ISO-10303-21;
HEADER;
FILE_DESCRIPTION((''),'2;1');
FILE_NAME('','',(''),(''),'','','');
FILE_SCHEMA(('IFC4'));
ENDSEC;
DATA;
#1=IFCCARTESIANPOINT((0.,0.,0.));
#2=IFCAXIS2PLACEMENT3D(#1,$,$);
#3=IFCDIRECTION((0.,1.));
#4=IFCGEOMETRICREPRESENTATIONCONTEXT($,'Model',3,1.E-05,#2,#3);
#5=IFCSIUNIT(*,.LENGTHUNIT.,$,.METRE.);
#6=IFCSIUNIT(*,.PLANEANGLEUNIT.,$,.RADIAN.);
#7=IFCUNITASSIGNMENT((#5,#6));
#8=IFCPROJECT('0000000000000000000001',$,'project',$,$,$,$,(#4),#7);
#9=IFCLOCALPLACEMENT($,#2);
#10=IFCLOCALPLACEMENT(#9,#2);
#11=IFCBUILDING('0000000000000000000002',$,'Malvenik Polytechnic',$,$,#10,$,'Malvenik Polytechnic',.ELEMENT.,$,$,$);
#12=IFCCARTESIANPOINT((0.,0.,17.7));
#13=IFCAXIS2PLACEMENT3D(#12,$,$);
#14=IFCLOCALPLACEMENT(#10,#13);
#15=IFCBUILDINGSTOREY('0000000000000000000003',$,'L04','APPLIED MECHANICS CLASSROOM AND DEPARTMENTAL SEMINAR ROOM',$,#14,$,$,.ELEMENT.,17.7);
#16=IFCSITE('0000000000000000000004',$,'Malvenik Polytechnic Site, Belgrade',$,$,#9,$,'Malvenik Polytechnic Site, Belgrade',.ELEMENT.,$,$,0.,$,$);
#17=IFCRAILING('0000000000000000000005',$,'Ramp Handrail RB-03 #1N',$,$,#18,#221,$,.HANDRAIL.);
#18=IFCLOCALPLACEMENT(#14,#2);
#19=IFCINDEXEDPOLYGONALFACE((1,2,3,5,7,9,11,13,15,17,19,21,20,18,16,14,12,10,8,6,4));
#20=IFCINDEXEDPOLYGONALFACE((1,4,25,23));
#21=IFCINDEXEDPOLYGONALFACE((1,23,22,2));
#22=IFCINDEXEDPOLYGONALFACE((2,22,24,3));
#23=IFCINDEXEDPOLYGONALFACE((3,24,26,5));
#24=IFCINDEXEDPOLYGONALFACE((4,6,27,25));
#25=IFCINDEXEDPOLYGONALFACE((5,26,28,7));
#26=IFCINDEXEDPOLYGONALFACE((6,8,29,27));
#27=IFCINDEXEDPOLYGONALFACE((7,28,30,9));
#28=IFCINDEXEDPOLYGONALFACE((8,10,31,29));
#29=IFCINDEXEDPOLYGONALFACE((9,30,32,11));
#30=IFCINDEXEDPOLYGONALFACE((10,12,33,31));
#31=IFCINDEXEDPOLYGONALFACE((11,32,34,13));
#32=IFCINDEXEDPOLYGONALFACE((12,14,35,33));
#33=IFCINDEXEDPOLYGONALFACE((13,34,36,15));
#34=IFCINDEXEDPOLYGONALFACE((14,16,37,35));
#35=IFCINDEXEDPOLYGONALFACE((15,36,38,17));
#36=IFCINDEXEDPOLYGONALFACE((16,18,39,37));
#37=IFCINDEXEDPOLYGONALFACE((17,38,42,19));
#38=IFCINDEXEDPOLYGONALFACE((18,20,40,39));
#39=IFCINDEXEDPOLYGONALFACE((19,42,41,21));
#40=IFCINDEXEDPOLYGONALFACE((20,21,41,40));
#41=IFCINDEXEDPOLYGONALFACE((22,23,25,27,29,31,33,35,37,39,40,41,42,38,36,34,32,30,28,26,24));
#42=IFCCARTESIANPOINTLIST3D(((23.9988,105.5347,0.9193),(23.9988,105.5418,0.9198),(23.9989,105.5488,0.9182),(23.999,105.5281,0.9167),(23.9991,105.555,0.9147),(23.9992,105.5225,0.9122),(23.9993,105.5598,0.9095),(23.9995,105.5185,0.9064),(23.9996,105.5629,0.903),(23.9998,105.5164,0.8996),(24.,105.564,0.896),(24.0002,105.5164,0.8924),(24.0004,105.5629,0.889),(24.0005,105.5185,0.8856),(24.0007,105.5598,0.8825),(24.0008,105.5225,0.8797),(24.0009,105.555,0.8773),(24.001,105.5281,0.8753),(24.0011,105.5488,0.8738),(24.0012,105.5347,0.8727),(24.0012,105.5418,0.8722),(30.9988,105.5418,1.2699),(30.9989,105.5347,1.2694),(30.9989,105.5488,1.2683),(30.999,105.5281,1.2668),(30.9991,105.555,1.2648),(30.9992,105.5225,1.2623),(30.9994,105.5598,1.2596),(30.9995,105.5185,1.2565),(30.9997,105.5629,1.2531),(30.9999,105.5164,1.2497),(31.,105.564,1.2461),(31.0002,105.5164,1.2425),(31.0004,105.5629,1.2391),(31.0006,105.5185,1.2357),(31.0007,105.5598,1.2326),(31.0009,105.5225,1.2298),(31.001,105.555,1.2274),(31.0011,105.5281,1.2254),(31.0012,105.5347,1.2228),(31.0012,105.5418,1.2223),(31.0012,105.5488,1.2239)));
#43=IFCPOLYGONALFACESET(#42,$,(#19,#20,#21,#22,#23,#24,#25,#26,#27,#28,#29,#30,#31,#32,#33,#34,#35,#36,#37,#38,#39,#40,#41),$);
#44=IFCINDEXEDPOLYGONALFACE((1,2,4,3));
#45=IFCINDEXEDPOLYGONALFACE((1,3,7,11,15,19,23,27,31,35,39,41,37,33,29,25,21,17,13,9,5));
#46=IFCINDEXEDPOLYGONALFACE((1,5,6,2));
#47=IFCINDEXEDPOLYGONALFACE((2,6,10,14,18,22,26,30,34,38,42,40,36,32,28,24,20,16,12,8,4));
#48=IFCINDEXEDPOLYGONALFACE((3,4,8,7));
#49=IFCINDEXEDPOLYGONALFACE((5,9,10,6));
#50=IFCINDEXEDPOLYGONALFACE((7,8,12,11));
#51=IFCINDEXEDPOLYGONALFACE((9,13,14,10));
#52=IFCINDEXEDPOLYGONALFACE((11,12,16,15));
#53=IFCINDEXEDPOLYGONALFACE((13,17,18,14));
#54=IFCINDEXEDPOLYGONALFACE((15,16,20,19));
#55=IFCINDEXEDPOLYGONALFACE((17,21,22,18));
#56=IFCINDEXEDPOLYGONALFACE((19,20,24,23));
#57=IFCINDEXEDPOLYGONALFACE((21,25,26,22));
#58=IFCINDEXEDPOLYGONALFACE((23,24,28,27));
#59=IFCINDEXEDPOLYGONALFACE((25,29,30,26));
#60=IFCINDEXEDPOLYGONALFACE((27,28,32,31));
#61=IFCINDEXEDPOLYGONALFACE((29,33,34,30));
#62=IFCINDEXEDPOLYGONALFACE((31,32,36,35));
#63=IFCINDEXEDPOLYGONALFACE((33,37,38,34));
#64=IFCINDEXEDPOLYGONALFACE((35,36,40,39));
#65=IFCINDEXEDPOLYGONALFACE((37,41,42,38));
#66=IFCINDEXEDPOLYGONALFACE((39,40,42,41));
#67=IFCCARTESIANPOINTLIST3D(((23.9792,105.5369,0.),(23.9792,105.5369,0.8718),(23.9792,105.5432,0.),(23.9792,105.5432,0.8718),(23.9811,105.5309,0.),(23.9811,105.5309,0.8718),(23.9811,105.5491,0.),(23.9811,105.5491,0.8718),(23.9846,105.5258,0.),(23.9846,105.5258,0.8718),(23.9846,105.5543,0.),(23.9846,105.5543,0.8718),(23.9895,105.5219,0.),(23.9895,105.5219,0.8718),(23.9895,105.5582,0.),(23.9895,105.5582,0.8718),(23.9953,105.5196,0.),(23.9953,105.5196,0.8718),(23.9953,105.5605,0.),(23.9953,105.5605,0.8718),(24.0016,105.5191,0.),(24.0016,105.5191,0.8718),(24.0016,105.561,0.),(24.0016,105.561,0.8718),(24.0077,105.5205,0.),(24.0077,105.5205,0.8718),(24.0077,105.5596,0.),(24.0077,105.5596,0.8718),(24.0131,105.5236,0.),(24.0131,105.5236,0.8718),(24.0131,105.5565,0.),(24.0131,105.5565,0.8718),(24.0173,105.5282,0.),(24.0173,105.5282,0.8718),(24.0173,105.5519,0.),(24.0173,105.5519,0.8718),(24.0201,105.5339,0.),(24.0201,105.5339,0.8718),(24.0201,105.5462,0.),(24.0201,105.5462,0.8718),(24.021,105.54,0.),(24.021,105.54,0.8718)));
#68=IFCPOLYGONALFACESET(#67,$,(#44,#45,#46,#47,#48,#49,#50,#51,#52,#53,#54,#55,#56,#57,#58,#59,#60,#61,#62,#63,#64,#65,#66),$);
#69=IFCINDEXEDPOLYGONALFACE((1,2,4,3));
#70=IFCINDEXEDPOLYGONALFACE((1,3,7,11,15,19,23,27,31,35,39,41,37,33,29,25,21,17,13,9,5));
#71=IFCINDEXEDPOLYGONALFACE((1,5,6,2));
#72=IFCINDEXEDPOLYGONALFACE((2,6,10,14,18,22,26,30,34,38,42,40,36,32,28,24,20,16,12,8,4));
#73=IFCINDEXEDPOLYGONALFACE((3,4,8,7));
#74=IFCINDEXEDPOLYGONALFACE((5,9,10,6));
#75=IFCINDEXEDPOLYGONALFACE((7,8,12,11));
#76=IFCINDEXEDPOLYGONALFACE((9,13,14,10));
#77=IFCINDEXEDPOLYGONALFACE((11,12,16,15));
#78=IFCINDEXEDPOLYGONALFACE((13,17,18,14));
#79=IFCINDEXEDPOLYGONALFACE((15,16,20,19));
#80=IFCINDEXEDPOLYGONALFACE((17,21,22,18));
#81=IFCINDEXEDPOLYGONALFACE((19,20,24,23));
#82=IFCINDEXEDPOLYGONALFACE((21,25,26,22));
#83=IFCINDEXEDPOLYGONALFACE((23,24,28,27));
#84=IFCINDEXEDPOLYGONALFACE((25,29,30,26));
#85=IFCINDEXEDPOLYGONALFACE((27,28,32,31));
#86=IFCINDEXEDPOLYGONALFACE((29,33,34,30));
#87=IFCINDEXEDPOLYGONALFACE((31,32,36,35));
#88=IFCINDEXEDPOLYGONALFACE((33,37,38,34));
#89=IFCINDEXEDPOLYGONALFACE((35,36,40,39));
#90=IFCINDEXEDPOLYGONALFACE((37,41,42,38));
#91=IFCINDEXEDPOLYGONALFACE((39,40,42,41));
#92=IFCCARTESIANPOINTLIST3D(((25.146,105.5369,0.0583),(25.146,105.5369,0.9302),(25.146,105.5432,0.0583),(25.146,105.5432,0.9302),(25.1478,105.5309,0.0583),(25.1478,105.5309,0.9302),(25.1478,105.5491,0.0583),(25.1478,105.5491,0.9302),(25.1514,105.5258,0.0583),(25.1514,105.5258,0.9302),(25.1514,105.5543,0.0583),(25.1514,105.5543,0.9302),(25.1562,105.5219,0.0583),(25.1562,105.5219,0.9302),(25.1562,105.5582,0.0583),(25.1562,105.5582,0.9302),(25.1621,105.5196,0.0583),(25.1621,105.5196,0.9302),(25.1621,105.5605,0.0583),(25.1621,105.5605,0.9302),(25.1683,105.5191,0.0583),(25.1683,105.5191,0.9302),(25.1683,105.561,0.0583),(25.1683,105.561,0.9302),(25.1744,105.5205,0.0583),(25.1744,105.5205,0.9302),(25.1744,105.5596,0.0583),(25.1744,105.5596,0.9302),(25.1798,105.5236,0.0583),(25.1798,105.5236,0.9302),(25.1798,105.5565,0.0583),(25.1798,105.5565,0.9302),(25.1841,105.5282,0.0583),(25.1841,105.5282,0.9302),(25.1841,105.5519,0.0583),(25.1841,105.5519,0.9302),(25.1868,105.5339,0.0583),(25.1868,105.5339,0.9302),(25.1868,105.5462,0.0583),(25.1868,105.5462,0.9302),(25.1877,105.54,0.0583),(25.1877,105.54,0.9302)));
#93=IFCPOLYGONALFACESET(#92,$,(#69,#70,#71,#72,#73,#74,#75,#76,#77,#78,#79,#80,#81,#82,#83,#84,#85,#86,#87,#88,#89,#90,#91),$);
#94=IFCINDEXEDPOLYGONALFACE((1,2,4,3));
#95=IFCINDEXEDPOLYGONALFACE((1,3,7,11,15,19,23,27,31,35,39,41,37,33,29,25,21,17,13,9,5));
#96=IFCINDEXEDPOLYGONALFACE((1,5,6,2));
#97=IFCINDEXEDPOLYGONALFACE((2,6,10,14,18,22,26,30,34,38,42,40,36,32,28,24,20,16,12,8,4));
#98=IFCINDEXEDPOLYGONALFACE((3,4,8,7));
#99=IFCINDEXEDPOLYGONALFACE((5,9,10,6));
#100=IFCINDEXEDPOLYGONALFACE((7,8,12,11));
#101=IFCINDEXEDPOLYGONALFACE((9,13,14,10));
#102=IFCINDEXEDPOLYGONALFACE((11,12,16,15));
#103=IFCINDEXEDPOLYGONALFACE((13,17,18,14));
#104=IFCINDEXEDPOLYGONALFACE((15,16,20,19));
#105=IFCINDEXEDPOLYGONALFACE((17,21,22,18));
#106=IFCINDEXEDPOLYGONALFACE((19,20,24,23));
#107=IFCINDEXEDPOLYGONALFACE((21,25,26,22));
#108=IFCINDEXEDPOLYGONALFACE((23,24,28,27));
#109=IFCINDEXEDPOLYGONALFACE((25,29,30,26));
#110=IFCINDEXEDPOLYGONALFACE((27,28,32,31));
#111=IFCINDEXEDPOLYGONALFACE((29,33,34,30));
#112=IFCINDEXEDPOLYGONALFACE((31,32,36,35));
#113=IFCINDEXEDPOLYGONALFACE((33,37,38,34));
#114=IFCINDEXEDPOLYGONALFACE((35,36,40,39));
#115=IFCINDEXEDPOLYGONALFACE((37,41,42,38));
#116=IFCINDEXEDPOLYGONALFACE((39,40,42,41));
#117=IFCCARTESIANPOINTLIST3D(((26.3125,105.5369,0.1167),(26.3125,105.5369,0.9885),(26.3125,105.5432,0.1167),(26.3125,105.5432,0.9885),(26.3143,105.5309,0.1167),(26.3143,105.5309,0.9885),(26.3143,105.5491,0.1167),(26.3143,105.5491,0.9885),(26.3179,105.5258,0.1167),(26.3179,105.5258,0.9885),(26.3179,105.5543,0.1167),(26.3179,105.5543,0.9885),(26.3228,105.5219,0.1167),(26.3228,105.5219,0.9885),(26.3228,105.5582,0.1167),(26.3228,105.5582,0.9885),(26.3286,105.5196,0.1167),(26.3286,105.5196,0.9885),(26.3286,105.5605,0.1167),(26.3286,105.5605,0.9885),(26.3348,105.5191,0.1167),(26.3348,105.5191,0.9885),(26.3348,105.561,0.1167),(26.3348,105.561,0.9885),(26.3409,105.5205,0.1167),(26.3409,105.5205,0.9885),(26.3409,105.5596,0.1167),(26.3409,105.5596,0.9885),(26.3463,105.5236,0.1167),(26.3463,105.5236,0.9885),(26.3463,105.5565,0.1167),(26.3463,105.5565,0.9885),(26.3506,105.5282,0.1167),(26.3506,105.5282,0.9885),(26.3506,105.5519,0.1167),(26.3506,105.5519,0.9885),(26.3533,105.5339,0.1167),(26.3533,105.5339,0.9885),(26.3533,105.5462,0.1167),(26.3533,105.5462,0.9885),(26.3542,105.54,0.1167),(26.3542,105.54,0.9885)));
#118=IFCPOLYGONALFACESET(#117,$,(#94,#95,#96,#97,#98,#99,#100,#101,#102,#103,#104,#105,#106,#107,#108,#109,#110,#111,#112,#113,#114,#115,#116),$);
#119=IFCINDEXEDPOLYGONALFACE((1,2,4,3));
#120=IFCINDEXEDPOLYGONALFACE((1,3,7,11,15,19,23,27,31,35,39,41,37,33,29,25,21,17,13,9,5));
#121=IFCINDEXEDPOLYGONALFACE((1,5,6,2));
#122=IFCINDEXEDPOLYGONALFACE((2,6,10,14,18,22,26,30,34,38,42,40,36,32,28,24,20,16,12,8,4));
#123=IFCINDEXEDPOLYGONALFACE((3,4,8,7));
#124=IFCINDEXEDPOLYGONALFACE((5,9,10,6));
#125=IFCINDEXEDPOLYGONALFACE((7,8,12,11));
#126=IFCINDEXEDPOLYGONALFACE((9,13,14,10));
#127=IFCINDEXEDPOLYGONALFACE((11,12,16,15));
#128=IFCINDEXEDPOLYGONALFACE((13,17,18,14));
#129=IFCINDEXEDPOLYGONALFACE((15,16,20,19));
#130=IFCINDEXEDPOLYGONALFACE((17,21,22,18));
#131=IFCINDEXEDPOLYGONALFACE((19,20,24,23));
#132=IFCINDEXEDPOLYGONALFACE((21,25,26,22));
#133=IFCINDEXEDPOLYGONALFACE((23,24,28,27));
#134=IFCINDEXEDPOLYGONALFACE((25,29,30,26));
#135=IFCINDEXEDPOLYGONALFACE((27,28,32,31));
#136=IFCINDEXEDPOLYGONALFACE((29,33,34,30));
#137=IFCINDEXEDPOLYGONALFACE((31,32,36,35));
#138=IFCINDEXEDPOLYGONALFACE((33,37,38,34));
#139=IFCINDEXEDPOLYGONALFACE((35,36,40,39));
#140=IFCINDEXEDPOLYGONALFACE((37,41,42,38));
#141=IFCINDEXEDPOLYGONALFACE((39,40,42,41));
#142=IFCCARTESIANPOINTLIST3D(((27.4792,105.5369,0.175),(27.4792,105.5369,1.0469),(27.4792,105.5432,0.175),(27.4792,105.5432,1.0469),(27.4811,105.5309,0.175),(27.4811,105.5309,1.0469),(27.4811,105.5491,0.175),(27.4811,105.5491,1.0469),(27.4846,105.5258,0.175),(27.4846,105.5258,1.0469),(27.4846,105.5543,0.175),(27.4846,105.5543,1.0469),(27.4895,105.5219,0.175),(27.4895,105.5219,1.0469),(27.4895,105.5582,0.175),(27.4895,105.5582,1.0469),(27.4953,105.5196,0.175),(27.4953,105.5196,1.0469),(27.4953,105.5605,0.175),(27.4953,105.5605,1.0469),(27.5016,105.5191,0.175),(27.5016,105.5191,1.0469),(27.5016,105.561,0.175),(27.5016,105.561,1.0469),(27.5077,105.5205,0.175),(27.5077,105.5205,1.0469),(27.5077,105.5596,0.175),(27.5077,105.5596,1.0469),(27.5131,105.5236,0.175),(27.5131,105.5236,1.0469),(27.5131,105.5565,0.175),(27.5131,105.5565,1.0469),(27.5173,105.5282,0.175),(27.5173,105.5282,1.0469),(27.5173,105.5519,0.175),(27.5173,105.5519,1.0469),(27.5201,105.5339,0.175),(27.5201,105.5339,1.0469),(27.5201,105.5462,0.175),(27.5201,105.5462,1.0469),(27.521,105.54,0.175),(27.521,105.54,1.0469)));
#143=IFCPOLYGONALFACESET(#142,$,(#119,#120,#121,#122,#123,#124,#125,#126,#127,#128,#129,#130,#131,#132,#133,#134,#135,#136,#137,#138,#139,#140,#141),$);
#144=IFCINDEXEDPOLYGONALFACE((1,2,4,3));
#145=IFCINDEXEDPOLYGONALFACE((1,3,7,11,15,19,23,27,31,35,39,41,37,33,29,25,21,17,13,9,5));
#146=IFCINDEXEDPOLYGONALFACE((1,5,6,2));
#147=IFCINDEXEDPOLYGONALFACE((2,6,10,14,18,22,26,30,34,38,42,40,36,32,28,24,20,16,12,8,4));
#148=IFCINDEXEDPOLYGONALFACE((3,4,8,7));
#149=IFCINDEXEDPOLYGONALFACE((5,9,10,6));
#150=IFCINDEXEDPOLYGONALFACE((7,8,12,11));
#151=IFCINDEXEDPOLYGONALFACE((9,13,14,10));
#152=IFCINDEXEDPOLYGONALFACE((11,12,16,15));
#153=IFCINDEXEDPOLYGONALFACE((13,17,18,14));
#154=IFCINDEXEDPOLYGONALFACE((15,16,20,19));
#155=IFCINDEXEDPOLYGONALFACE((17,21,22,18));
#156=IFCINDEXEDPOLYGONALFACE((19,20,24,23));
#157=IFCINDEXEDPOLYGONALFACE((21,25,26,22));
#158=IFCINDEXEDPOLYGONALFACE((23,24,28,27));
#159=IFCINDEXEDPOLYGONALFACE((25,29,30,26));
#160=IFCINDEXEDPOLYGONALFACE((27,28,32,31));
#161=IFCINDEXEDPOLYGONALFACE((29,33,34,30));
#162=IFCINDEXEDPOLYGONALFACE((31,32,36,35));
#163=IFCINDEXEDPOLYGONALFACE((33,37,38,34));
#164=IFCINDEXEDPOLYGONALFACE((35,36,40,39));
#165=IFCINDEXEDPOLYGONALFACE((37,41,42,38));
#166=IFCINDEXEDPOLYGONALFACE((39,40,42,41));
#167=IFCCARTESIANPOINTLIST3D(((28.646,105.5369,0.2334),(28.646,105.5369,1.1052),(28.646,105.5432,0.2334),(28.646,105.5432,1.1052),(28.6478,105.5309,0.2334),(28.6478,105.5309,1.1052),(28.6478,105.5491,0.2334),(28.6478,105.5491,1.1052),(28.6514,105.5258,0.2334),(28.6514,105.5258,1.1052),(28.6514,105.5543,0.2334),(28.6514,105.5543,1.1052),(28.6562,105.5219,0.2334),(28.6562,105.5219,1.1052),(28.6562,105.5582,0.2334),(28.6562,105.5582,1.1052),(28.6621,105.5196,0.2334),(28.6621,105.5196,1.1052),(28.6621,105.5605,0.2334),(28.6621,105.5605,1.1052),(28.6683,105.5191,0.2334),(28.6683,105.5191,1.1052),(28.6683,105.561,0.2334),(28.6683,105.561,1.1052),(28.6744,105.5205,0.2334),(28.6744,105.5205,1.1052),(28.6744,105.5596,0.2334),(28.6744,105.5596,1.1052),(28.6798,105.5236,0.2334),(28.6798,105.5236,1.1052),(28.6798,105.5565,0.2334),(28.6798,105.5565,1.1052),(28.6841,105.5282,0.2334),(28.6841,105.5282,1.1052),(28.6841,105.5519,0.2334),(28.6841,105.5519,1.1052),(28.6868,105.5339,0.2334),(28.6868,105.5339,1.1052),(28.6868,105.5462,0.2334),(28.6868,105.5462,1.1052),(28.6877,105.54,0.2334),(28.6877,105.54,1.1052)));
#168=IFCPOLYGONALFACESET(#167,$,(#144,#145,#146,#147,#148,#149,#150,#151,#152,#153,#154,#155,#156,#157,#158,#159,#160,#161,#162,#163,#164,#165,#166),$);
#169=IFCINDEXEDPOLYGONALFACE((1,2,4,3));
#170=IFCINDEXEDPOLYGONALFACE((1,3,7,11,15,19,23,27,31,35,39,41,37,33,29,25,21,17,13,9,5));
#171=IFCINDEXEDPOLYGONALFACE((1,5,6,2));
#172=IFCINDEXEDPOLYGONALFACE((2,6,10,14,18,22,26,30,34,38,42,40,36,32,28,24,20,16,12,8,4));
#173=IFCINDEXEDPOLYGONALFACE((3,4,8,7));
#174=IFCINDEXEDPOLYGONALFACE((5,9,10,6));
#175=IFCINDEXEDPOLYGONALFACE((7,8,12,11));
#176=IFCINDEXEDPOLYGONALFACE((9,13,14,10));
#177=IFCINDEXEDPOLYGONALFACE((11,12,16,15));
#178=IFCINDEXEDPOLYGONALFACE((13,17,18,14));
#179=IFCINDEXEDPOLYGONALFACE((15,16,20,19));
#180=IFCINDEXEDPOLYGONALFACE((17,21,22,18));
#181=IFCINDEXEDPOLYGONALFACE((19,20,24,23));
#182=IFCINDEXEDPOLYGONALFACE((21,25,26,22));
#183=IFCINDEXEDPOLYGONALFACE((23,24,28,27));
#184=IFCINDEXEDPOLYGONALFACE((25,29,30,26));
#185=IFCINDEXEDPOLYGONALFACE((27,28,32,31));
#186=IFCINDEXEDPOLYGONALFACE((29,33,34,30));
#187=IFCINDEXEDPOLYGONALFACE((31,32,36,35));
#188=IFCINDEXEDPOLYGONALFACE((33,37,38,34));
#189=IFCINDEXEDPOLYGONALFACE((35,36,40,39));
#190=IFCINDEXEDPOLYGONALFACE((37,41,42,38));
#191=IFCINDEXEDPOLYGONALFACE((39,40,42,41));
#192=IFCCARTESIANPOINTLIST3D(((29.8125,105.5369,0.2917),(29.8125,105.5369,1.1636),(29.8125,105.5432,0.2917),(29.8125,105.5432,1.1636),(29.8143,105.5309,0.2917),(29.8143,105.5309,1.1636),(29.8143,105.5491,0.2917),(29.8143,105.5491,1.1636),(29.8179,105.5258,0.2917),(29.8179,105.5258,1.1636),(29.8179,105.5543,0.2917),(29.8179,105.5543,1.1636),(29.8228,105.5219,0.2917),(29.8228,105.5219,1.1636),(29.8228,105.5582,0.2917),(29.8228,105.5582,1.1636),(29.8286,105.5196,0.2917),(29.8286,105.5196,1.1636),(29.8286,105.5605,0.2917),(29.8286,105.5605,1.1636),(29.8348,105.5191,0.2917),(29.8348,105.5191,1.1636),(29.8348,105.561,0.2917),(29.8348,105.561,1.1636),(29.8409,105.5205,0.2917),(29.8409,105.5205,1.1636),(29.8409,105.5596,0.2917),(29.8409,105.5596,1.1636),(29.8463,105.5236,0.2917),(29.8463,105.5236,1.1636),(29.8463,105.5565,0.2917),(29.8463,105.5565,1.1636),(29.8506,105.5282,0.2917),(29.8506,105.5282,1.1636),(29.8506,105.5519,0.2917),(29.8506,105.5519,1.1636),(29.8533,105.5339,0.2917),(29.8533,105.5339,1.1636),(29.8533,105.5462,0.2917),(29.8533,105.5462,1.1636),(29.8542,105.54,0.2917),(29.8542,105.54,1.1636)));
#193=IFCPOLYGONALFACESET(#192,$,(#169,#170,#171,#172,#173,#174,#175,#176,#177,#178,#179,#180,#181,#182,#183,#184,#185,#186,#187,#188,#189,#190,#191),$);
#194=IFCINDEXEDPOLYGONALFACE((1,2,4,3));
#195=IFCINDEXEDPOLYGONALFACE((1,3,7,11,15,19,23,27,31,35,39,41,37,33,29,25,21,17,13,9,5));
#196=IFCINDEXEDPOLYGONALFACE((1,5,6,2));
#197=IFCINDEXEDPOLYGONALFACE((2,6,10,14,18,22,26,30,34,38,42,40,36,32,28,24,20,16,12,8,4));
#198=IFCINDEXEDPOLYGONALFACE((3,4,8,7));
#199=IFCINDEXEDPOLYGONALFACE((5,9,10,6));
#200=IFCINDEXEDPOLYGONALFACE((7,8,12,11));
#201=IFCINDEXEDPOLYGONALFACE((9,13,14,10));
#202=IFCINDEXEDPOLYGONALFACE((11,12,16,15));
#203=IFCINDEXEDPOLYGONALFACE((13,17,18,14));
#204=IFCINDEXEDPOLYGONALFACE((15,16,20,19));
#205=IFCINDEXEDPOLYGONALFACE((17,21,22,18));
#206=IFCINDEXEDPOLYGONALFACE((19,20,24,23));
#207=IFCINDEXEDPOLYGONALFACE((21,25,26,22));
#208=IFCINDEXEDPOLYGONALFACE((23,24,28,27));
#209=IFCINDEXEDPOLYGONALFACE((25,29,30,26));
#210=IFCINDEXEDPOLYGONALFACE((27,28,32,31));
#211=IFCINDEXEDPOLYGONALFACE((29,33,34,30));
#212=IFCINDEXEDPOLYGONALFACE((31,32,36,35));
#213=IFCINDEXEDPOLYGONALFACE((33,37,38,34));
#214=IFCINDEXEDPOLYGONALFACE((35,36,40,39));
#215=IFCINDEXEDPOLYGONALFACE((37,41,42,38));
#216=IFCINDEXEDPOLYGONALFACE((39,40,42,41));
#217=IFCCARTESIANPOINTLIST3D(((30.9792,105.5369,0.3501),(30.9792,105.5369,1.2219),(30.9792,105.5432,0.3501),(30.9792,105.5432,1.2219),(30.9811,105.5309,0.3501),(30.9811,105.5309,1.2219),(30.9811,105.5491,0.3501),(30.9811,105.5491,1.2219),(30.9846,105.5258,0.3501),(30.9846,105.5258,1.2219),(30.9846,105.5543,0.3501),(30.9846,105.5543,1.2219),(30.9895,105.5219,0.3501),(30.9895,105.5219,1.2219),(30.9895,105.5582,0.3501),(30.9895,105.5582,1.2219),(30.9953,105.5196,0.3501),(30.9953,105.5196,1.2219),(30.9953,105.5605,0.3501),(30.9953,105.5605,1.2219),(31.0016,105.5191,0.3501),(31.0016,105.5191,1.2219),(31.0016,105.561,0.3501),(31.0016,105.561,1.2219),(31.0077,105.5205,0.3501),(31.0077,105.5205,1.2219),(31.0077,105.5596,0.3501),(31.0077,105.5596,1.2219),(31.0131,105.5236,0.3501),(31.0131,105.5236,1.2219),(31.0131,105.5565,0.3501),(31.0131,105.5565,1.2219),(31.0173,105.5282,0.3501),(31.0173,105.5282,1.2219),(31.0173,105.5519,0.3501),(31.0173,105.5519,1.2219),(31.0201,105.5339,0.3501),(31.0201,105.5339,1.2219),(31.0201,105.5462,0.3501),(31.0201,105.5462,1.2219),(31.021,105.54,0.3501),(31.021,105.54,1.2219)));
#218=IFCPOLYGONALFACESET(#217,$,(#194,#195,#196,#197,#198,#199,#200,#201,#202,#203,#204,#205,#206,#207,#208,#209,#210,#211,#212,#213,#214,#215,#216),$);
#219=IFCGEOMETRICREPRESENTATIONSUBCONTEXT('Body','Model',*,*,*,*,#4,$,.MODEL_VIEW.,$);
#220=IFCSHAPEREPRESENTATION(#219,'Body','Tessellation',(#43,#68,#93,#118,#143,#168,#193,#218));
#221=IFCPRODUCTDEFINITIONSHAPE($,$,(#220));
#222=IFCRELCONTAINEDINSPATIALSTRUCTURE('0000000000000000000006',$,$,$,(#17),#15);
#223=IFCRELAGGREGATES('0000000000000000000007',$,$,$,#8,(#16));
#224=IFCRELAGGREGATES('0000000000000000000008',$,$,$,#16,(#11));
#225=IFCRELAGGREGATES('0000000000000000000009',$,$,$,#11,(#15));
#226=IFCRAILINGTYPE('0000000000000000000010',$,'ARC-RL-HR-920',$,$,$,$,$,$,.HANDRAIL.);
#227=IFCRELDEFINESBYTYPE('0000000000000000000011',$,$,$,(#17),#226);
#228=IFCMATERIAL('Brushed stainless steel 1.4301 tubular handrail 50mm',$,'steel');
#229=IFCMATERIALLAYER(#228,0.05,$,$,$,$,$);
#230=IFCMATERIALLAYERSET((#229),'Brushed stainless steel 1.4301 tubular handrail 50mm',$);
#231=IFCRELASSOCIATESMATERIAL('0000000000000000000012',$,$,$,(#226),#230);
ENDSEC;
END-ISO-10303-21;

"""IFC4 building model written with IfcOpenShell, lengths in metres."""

from ifc_helpers import new_model, si_unit, direction, frame, origin, origin_2d, place, context, subcontext, project, spatial, circle, extrude, material, layer, layer_set, type_object, element, save


model = new_model("IFC4")

# Units and contexts
model_context = context("Model", 3, precision=1e-05, world=origin(), true_north=direction((0.0, 1.0)))
body_context = subcontext(model_context, "Body", "Model", "MODEL_VIEW")
ifc_project = project(units=[si_unit("LENGTHUNIT", "METRE"), si_unit("PLANEANGLEUNIT", "RADIAN")], contexts=[model_context])

# Site, building, storey
site_placement = place(None, origin())
site = spatial("IfcSite", under=ifc_project, at=site_placement, Name="Malvenik Polytechnic Site, Belgrade", LongName="Malvenik Polytechnic Site, Belgrade", CompositionType="ELEMENT", RefElevation=0.0)
building_placement = place(site_placement, origin())
building = spatial("IfcBuilding", under=site, at=building_placement, Name="Malvenik Polytechnic", LongName="Malvenik Polytechnic", CompositionType="ELEMENT")
storey_placement = place(building_placement, frame((0.0, 0.0, 17.7)))
storey = spatial("IfcBuildingStorey", under=building, at=storey_placement, Name="L04", Description="APPLIED MECHANICS CLASSROOM AND DEPARTMENTAL SEMINAR ROOM", CompositionType="ELEMENT", Elevation=17.7)

# Railing
ifc_material_1 = material(Name="Brushed stainless steel 1.4301 tubular handrail 50mm", Category="steel")
ifc_layer_1 = layer(ifc_material_1, 0.05)
ifc_layer_set_1 = layer_set([ifc_layer_1], Name="Brushed stainless steel 1.4301 tubular handrail 50mm")
railing_type_1 = type_object("IfcRailingType", Name="ARC-RL-HR-920", PredefinedType="HANDRAIL", material=ifc_layer_set_1)
railing_1_placement = place(storey_placement, frame((24.0, 105.54, 0.0)))
element("IfcRailing", 1, at=railing_1_placement, inside=storey, type_object=railing_type_1, Name="Ramp Handrail RB-03 #1N", PredefinedType="HANDRAIL", context=body_context, shape_type="SweptSolid", body=[
    extrude(circle(Radius=0.0239, at=origin_2d()), frame((0.0, 0.0, 0.896), z_axis=(0.998752, 0.0, 0.049952), x_axis=(0.0, 1.0, 0.0)), (0.0, 0.0, 1.0), 7.0088),
    extrude(circle(Radius=0.021, at=origin_2d()), origin(), (0.0, 0.0, 1.0), 0.8718),
    extrude(circle(Radius=0.021, at=origin_2d()), frame((1.1667, 0.0, 0.0583)), (0.0, 0.0, 1.0), 0.8718),
    extrude(circle(Radius=0.021, at=origin_2d()), frame((2.3333, 0.0, 0.1167)), (0.0, 0.0, 1.0), 0.8718),
    extrude(circle(Radius=0.021, at=origin_2d()), frame((3.5, 0.0, 0.175)), (0.0, 0.0, 1.0), 0.8718),
    extrude(circle(Radius=0.021, at=origin_2d()), frame((4.6667, 0.0, 0.2334)), (0.0, 0.0, 1.0), 0.8718),
    extrude(circle(Radius=0.021, at=origin_2d()), frame((5.8333, 0.0, 0.2917)), (0.0, 0.0, 1.0), 0.8718),
    extrude(circle(Radius=0.021, at=origin_2d()), frame((7.0, 0.0, 0.3501)), (0.0, 0.0, 1.0), 0.8718),
])

save(model, "model.ifc")
